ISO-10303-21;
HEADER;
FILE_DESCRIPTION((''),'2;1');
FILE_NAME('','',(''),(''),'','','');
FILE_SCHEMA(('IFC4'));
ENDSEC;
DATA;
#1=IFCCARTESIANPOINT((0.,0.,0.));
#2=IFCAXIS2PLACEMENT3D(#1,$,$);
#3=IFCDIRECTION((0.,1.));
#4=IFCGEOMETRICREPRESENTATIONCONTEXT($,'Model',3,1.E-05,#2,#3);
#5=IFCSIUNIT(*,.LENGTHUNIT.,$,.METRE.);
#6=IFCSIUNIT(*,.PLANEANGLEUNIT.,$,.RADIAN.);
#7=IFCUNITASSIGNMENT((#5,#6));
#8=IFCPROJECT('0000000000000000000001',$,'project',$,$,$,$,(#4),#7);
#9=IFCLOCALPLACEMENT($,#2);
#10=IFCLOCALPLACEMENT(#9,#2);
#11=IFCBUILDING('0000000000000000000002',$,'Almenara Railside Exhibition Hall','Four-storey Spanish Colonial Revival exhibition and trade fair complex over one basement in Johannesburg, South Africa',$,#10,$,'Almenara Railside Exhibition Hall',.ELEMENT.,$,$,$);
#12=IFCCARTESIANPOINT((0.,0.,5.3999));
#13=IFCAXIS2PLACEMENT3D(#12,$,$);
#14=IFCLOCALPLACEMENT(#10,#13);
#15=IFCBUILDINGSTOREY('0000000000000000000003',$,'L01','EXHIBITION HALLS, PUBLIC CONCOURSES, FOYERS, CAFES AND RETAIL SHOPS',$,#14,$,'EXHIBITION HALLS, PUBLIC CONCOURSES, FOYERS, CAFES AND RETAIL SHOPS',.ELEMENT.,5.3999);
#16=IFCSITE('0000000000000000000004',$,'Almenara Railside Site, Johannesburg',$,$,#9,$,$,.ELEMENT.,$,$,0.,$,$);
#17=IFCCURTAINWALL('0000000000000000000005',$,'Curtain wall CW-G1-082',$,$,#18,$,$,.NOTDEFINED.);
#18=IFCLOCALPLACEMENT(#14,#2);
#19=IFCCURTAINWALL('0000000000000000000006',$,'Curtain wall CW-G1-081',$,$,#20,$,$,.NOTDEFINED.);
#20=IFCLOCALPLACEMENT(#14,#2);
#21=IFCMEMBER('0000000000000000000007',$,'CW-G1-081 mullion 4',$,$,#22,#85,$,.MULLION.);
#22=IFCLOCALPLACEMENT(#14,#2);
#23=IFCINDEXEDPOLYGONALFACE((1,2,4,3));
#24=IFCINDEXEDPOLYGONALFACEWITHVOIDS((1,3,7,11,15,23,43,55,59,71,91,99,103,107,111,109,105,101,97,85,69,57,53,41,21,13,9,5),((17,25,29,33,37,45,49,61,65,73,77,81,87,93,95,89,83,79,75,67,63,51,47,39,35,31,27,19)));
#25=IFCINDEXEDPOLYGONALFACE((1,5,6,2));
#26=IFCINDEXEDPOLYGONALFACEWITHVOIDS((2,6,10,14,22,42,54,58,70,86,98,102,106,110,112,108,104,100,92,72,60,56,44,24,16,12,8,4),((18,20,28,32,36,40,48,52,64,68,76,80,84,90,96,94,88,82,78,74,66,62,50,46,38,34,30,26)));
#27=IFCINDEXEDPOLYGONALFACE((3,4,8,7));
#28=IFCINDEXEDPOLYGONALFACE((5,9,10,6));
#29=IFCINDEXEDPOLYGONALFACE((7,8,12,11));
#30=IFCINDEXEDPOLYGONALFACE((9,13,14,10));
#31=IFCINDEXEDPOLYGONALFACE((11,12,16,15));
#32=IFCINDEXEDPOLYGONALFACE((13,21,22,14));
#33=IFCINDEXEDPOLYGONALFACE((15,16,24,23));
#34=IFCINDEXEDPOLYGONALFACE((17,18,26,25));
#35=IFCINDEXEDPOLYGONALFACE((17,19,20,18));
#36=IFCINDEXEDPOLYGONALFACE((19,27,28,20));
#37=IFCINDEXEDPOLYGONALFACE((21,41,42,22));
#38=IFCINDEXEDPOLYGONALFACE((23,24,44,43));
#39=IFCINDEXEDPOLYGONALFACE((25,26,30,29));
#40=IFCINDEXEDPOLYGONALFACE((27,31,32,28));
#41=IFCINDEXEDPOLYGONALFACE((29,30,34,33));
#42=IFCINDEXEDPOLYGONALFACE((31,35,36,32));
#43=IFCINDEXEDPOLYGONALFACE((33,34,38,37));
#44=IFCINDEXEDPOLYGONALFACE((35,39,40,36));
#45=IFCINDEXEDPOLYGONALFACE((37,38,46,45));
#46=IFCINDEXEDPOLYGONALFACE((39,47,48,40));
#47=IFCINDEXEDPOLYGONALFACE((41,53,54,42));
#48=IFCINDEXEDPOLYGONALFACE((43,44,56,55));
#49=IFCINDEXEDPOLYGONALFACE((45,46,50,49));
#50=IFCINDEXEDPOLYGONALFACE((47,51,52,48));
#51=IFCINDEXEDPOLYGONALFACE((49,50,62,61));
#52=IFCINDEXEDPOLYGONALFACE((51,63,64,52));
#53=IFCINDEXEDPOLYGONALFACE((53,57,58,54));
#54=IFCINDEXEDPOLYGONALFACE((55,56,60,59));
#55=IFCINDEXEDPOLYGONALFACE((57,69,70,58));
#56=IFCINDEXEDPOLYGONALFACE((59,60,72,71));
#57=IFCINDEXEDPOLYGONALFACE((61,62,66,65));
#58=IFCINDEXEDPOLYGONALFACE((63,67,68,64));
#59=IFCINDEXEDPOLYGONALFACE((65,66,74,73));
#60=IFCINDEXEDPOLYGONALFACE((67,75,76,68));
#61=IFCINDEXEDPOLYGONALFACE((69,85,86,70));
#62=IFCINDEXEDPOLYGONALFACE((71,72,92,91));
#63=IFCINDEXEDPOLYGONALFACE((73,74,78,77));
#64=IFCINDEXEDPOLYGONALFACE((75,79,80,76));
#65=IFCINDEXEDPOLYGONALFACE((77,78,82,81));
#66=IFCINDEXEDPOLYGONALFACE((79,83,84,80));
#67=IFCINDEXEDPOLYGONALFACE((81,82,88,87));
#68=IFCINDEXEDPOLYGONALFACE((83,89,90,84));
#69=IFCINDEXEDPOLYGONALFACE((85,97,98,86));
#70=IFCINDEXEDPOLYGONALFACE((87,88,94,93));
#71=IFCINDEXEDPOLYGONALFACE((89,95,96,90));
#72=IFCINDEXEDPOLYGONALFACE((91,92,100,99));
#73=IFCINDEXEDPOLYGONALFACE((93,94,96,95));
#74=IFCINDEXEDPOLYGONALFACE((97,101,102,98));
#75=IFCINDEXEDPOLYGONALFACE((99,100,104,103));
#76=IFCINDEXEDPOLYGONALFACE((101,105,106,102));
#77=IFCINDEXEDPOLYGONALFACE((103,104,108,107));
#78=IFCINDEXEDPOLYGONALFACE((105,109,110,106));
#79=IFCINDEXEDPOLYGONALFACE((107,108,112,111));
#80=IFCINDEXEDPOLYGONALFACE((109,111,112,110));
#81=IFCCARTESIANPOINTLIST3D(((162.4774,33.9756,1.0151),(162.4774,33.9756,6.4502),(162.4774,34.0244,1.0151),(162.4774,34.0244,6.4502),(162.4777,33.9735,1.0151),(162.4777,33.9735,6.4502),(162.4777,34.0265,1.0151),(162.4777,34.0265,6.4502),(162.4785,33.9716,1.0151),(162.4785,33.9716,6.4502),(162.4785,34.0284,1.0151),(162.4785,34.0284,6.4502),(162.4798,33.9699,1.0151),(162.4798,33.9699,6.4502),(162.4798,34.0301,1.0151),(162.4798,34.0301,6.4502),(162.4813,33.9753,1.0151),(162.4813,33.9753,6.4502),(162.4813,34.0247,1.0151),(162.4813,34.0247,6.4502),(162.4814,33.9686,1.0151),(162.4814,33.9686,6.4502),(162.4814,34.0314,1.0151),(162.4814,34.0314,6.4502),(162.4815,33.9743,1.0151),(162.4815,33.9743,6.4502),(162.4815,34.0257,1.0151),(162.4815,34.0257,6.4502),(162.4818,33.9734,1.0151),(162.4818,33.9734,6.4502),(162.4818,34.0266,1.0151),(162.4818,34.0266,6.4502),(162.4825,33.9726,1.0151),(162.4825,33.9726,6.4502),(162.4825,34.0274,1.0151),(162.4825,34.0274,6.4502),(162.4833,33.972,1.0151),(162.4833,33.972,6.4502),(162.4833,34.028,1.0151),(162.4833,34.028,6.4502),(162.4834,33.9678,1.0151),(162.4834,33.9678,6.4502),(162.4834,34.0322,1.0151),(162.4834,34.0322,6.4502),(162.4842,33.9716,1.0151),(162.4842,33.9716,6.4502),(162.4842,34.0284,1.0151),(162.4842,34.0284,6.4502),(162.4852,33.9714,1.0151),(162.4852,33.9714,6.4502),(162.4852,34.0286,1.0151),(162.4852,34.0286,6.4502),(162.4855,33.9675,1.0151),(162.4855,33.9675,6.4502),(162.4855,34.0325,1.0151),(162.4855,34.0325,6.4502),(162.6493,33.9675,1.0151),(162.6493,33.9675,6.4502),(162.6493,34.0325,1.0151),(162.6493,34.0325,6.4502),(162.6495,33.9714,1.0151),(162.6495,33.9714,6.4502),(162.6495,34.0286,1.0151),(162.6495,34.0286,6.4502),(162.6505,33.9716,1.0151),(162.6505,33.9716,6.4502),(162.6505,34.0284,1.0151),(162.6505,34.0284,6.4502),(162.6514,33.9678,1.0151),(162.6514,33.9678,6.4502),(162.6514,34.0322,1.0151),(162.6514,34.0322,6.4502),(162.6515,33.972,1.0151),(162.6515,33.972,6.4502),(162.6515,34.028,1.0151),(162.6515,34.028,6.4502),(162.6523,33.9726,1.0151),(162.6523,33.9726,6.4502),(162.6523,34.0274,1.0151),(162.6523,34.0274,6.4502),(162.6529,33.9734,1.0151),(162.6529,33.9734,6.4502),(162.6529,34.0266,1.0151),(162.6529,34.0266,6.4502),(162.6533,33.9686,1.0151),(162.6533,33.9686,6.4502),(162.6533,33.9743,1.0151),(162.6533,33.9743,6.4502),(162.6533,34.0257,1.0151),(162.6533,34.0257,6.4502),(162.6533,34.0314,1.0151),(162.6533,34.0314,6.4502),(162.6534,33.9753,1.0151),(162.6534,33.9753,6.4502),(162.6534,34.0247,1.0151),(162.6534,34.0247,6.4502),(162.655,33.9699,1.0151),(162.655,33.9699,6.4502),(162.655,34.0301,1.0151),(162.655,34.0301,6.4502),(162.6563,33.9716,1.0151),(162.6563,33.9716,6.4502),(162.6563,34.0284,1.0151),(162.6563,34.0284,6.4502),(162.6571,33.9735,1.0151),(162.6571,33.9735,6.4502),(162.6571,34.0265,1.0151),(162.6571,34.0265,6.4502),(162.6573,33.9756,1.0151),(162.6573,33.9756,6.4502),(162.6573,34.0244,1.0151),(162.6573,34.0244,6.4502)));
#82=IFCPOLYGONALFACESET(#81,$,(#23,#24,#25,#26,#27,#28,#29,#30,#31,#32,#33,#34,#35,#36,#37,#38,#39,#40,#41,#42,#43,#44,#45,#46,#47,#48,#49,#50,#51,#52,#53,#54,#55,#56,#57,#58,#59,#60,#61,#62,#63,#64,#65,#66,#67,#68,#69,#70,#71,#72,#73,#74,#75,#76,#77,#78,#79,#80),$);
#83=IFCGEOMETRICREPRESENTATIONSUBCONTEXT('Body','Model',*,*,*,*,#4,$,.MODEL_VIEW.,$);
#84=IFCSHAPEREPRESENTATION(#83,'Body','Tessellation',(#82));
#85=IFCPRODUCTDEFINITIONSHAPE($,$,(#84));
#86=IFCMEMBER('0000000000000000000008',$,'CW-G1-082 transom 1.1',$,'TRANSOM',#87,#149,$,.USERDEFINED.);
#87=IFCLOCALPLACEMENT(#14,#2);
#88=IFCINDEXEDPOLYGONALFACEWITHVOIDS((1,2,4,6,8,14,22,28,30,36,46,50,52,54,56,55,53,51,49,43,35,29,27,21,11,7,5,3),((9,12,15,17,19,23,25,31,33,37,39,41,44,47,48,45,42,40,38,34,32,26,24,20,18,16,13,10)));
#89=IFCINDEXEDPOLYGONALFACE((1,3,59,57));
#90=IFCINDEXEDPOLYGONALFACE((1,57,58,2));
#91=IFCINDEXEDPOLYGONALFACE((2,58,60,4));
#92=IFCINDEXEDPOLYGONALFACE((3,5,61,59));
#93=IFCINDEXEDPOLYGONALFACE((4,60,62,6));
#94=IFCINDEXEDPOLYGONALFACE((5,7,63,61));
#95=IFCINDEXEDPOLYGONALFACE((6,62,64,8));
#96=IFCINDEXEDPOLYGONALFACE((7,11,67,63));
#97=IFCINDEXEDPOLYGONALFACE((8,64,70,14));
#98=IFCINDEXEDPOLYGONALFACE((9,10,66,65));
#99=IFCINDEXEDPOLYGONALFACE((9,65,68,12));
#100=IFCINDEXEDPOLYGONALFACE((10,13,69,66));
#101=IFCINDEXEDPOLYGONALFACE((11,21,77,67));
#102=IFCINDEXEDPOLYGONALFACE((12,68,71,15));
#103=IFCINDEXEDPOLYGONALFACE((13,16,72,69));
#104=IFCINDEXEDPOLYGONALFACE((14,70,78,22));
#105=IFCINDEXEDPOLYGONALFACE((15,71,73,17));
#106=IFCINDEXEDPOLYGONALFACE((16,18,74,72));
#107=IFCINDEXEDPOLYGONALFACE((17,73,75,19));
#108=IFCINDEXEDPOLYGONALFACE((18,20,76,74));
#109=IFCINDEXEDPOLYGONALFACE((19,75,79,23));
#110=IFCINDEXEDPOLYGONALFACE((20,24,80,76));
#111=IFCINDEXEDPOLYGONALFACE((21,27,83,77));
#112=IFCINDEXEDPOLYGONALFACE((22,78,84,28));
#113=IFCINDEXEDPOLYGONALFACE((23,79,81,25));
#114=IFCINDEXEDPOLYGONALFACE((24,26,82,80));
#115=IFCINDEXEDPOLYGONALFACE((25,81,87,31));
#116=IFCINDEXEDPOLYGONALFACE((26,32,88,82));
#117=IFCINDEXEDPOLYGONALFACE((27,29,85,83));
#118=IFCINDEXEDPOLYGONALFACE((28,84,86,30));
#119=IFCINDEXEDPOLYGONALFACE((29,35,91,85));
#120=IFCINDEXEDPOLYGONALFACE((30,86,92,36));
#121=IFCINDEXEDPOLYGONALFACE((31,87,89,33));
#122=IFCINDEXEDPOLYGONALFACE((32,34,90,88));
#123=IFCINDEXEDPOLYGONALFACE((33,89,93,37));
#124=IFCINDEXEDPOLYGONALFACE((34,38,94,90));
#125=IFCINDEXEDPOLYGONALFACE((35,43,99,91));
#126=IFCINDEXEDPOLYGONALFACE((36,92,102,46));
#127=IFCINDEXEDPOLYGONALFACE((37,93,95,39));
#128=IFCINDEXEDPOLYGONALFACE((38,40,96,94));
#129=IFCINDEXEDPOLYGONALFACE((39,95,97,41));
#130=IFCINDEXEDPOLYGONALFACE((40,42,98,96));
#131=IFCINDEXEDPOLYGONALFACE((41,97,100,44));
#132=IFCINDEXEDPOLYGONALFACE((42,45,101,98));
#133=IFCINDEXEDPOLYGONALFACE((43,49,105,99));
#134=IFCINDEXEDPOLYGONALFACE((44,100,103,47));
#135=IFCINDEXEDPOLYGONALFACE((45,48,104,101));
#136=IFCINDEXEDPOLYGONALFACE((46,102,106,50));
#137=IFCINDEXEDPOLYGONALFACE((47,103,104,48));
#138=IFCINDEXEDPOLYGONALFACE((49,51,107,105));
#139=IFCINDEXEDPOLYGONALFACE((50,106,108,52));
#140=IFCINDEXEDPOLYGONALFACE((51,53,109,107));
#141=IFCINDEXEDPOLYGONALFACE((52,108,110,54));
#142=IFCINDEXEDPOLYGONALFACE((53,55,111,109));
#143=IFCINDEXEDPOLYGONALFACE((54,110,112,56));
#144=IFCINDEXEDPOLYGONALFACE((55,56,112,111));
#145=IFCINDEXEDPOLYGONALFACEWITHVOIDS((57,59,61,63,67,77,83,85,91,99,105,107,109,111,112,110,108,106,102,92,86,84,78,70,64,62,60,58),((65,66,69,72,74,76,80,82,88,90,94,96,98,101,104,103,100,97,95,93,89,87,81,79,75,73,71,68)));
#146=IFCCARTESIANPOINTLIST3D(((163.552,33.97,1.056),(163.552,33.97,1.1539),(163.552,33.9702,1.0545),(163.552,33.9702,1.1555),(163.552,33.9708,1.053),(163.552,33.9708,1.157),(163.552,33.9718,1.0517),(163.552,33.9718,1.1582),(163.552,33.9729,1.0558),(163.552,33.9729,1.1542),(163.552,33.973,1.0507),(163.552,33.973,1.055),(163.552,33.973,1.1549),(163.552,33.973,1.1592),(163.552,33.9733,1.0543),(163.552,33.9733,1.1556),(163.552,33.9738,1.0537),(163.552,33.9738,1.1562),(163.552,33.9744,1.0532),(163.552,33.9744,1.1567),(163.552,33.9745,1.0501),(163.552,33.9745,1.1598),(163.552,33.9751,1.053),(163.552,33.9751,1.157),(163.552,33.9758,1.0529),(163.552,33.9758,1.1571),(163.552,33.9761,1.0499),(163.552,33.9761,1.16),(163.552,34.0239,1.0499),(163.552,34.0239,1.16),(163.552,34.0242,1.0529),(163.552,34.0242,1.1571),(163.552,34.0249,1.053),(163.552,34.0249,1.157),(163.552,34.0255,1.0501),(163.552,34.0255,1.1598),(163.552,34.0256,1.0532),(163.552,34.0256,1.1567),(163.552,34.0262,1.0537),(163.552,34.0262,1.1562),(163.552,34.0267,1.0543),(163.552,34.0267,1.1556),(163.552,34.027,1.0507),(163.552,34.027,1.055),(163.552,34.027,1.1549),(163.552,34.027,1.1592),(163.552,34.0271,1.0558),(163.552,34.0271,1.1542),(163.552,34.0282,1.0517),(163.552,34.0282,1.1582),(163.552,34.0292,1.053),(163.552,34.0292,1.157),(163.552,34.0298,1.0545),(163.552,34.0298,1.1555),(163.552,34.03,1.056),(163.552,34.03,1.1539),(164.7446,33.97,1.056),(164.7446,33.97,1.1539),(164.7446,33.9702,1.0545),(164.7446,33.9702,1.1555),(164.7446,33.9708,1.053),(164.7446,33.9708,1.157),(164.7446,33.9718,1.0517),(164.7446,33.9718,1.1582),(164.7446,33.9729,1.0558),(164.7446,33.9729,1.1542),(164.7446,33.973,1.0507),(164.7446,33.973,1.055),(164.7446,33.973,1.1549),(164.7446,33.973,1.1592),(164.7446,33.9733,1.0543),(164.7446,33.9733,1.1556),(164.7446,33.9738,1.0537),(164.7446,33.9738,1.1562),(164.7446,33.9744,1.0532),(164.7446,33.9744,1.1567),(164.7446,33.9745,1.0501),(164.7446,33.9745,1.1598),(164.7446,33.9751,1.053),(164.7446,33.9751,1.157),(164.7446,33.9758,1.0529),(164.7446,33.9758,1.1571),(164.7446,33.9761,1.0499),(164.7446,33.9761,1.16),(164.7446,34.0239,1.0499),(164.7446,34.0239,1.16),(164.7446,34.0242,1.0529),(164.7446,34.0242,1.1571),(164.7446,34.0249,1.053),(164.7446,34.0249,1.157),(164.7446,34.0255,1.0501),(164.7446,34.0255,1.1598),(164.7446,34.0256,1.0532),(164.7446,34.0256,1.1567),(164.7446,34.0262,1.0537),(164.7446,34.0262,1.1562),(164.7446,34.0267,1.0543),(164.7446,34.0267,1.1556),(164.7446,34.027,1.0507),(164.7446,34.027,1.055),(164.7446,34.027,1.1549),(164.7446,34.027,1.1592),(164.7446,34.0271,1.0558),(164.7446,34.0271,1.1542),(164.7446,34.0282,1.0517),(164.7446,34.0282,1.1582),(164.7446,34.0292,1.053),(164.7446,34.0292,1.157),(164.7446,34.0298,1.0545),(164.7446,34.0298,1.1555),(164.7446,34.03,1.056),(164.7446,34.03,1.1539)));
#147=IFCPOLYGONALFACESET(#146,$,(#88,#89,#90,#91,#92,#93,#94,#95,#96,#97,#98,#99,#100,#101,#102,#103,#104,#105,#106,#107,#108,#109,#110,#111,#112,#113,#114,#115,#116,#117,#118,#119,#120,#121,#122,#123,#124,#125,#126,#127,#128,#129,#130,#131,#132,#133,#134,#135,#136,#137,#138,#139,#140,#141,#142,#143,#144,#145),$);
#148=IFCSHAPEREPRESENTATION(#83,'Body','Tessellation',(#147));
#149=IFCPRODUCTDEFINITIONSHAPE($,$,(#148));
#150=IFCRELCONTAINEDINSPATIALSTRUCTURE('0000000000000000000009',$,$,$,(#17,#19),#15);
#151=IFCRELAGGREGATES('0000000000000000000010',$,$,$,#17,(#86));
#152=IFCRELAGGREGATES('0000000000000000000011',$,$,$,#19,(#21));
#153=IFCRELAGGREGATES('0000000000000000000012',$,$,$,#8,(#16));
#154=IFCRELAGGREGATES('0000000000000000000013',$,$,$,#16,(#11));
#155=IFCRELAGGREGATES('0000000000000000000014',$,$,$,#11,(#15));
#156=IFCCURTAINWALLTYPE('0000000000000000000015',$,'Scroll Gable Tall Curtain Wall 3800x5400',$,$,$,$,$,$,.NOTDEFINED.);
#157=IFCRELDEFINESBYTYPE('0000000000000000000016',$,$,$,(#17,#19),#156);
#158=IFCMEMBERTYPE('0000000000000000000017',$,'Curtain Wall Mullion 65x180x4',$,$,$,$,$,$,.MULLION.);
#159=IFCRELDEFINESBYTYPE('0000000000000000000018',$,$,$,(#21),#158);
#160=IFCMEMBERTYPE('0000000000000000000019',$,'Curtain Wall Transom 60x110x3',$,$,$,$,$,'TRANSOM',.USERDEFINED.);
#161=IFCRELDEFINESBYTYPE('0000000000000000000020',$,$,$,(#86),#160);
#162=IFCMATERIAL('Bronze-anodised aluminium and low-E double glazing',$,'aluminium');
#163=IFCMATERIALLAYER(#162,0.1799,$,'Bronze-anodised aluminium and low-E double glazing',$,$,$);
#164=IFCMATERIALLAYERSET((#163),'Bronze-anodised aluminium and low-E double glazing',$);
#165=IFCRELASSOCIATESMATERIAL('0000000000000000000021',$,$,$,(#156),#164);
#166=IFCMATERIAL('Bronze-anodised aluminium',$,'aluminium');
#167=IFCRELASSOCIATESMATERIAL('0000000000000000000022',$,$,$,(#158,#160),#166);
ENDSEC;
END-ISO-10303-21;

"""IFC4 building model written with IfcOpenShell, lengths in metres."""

from ifc_helpers import new_model, si_unit, direction, frame, origin, origin_2d, place, context, subcontext, project, spatial, hollow_rectangle, extrude, material, layer, layer_set, material_profile, profile_set, type_object, element, aggregate, save


model = new_model("IFC4")

# Units and contexts
model_context = context("Model", 3, precision=1e-05, world=origin(), true_north=direction((0.0, 1.0)))
body_context = subcontext(model_context, "Body", "Model", "MODEL_VIEW")
ifc_project = project(units=[si_unit("LENGTHUNIT", "METRE"), si_unit("PLANEANGLEUNIT", "RADIAN")], contexts=[model_context])

# Site, building, storey
site_placement = place(None, origin())
site = spatial("IfcSite", under=ifc_project, at=site_placement, Name="Almenara Railside Site, Johannesburg", CompositionType="ELEMENT", RefElevation=0.0)
building_placement = place(site_placement, origin())
building = spatial("IfcBuilding", under=site, at=building_placement, Name="Almenara Railside Exhibition Hall", Description="Four-storey Spanish Colonial Revival exhibition and trade fair complex over one basement in Johannesburg, South Africa", LongName="Almenara Railside Exhibition Hall", CompositionType="ELEMENT")
storey_placement = place(building_placement, frame((0.0, 0.0, 5.3999)))
storey = spatial("IfcBuildingStorey", under=building, at=storey_placement, Name="L01", Description="EXHIBITION HALLS, PUBLIC CONCOURSES, FOYERS, CAFES AND RETAIL SHOPS", LongName="EXHIBITION HALLS, PUBLIC CONCOURSES, FOYERS, CAFES AND RETAIL SHOPS", CompositionType="ELEMENT", Elevation=5.3999)

# Curtain wall
ifc_material_1 = material(Name="Bronze-anodised aluminium and low-E double glazing", Category="aluminium")
ifc_layer_1 = layer(ifc_material_1, 0.1799, Name="Bronze-anodised aluminium and low-E double glazing")
ifc_layer_set_1 = layer_set([ifc_layer_1], Name="Bronze-anodised aluminium and low-E double glazing")
curtain_wall_type = type_object("IfcCurtainWallType", Name="Scroll Gable Tall Curtain Wall 3800x5400", PredefinedType="NOTDEFINED", material=ifc_layer_set_1)
curtain_wall_1_placement = place(storey_placement, origin())
curtain_wall_1 = element("IfcCurtainWall", 1, at=curtain_wall_1_placement, inside=storey, type_object=curtain_wall_type, Name="Curtain wall CW-G1-082", PredefinedType="NOTDEFINED")
ifc_material_2 = material(Name="Bronze-anodised aluminium", Category="aluminium")

# Curtain wall, member
curtain_wall_2_placement = place(storey_placement, origin())
curtain_wall_2 = element("IfcCurtainWall", 2, at=curtain_wall_2_placement, inside=storey, type_object=curtain_wall_type, Name="Curtain wall CW-G1-081", PredefinedType="NOTDEFINED")
ifc_material_profile_1 = material_profile(ifc_material_2, hollow_rectangle(XDim=0.0649, YDim=0.1799, WallThickness=0.0039, InnerFilletRadius=0.0039, OuterFilletRadius=0.0081, at=origin_2d()), Name="ALU-MUL 65x180x4")
ifc_profile_set_1 = profile_set([ifc_material_profile_1], Name="Bronze-anodised aluminium")
member_type_1 = type_object("IfcMemberType", Name="Curtain Wall Mullion 65x180x4", PredefinedType="MULLION", material=ifc_profile_set_1)
member_1_placement = place(storey_placement, frame((162.5674, 34.0, 1.0151), z_axis=(0.0, 0.0, 1.0), x_axis=(0.0, 1.0, 0.0)))
member_1 = element("IfcMember", 3, at=member_1_placement, type_object=member_type_1, Name="CW-G1-081 mullion 4", PredefinedType="MULLION", context=body_context, shape_type="SweptSolid", body=[
    extrude(hollow_rectangle(XDim=0.0649, YDim=0.1799, WallThickness=0.0039, InnerFilletRadius=0.0039, OuterFilletRadius=0.0081, at=origin_2d()), origin(), (0.0, 0.0, 1.0), 5.4351),
])

# Member
ifc_material_profile_2 = material_profile(ifc_material_2, hollow_rectangle(XDim=0.0601, YDim=0.1101, WallThickness=0.0029, InnerFilletRadius=0.0029, OuterFilletRadius=0.0061, at=origin_2d()), Name="ALU-TRN 60x110x3")
ifc_profile_set_2 = profile_set([ifc_material_profile_2], Name="Bronze-anodised aluminium")
member_type_2 = type_object("IfcMemberType", Name="Curtain Wall Transom 60x110x3", ElementType="TRANSOM", PredefinedType="USERDEFINED", material=ifc_profile_set_2)
member_2_placement = place(storey_placement, frame((163.552, 34.0, 1.105), z_axis=(1.0, 0.0, 0.0), x_axis=(0.0, 1.0, 0.0)))
member_2 = element("IfcMember", 4, at=member_2_placement, type_object=member_type_2, Name="CW-G1-082 transom 1.1", ObjectType="TRANSOM", PredefinedType="USERDEFINED", context=body_context, shape_type="SweptSolid", body=[
    extrude(hollow_rectangle(XDim=0.0601, YDim=0.1101, WallThickness=0.0029, InnerFilletRadius=0.0029, OuterFilletRadius=0.0061, at=origin_2d()), origin(), (0.0, 0.0, 1.0), 1.1926),
])
aggregate(curtain_wall_1, [member_2])

aggregate(curtain_wall_2, [member_1])

save(model, "model.ifc")
